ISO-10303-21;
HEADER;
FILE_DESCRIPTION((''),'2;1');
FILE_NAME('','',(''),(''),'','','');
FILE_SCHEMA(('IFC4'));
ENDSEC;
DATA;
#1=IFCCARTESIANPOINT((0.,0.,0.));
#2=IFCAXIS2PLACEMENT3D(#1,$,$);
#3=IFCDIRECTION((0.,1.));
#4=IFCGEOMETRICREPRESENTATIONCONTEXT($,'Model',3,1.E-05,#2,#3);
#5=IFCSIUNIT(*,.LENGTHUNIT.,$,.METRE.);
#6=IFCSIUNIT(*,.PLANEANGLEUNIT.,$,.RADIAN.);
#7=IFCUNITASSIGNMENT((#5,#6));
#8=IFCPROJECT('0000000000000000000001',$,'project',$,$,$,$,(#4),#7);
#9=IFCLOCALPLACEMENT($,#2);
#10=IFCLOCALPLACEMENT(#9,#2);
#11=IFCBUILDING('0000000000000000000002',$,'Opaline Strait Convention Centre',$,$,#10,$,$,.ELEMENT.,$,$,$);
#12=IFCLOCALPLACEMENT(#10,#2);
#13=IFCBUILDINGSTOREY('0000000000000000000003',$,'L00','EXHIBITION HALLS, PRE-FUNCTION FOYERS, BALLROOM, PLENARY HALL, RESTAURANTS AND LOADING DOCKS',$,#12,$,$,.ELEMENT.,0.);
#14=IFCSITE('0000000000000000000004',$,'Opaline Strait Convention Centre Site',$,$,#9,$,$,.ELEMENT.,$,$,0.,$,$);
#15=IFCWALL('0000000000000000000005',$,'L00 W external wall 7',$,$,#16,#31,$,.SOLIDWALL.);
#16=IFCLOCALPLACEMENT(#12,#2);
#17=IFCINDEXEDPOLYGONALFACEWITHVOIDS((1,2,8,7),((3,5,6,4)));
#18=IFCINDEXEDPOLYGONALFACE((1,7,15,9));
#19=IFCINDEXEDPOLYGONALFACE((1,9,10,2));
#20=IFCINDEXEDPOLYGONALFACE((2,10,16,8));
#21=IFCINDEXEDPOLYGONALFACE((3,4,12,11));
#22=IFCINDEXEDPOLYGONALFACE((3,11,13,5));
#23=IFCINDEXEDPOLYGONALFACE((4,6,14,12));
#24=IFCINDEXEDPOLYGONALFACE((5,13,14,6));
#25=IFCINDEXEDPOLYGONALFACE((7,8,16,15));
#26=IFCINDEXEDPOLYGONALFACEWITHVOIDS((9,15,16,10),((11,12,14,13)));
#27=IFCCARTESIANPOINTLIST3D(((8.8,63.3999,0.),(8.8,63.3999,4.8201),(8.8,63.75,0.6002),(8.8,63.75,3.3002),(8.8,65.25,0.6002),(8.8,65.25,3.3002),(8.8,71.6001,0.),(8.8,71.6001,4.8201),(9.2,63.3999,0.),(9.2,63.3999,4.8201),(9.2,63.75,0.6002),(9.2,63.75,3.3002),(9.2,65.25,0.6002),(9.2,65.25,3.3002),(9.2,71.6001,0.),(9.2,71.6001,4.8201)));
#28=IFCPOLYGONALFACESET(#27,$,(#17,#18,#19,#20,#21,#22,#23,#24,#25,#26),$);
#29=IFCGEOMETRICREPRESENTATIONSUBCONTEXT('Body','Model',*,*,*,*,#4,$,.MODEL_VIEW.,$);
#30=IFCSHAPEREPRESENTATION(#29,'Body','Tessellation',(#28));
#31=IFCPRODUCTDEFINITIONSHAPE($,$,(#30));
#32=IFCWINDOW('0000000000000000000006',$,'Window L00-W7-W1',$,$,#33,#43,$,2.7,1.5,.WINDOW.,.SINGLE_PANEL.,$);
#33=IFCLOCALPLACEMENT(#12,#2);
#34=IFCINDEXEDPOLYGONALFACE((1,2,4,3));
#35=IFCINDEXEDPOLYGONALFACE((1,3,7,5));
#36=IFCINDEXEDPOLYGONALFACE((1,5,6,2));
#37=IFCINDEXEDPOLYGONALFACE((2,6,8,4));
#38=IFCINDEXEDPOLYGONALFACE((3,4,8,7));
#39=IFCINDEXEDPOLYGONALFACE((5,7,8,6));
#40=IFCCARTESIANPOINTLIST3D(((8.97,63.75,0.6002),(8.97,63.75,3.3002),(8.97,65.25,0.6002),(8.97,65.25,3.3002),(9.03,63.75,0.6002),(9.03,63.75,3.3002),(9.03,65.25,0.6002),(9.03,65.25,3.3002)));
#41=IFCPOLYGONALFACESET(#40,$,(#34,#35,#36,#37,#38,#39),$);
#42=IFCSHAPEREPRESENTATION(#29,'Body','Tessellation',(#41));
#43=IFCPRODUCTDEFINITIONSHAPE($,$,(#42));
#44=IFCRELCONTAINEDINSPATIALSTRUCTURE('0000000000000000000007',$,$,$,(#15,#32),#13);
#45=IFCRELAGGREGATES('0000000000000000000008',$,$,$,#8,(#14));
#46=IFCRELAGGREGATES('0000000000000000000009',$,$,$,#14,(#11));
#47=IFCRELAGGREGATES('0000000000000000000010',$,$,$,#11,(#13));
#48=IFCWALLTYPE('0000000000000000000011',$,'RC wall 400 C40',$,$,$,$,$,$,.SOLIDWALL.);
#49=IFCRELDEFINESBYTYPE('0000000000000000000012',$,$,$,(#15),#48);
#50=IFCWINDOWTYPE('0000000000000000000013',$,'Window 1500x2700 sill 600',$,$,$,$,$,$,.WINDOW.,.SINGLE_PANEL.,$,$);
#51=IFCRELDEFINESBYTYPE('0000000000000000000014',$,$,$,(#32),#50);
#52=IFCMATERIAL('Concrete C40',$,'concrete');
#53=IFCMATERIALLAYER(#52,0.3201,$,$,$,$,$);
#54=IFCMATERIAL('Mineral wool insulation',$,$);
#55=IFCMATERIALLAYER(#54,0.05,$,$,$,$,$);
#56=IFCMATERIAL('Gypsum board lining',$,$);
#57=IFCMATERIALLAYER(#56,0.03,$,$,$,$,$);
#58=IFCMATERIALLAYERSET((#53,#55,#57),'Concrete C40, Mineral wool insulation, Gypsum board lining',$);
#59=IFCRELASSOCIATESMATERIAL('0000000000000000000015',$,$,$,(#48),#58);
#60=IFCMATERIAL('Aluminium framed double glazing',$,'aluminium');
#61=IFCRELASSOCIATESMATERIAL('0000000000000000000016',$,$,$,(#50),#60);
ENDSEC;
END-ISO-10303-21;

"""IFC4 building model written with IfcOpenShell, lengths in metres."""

from ifc_helpers import new_model, si_unit, direction, frame, frame_2d, origin, place, context, subcontext, project, spatial, rectangle, extrude, material, layer, layer_set, type_object, element, fill, save


model = new_model("IFC4")

# Units and contexts
model_context = context("Model", 3, precision=1e-05, world=origin(), true_north=direction((0.0, 1.0)))
body_context = subcontext(model_context, "Body", "Model", "MODEL_VIEW")
ifc_project = project(units=[si_unit("LENGTHUNIT", "METRE"), si_unit("PLANEANGLEUNIT", "RADIAN")], contexts=[model_context])

# Site, building, storey
site_placement = place(None, origin())
site = spatial("IfcSite", under=ifc_project, at=site_placement, Name="Opaline Strait Convention Centre Site", CompositionType="ELEMENT", RefElevation=0.0)
building_placement = place(site_placement, origin())
building = spatial("IfcBuilding", under=site, at=building_placement, Name="Opaline Strait Convention Centre", CompositionType="ELEMENT")
storey_placement = place(building_placement, origin())
storey = spatial("IfcBuildingStorey", under=building, at=storey_placement, Name="L00", Description="EXHIBITION HALLS, PRE-FUNCTION FOYERS, BALLROOM, PLENARY HALL, RESTAURANTS AND LOADING DOCKS", CompositionType="ELEMENT", Elevation=0.0)

# Shared definitions
ifc_material_1 = material(Name="Concrete C40", Category="concrete")

# Shared definitions
ifc_layer_1 = layer(ifc_material_1, 0.3201)
ifc_material_2 = material(Name="Mineral wool insulation")
ifc_layer_2 = layer(ifc_material_2, 0.05)
ifc_material_3 = material(Name="Gypsum board lining")
ifc_layer_3 = layer(ifc_material_3, 0.03)
ifc_layer_set_1 = layer_set([ifc_layer_1, ifc_layer_2, ifc_layer_3], Name="Concrete C40, Mineral wool insulation, Gypsum board lining")
wall_type_1 = type_object("IfcWallType", Name="RC wall 400 C40", PredefinedType="SOLIDWALL", material=ifc_layer_set_1)
ifc_material_4 = material(Name="Aluminium framed double glazing", Category="aluminium")
window_type = type_object("IfcWindowType", Name="Window 1500x2700 sill 600", PartitioningType="SINGLE_PANEL", PredefinedType="WINDOW", material=ifc_material_4)

# Wall, opening, window
wall_1_placement = place(storey_placement, frame((9.0, 63.3999, 0.0), z_axis=(0.0, 0.0, 1.0), x_axis=(0.0, 1.0, 0.0)))
wall_1 = element("IfcWall", 1, at=wall_1_placement, inside=storey, type_object=wall_type_1, Name="L00 W external wall 7", PredefinedType="SOLIDWALL", context=body_context, shape_type="SweptSolid", body=[
    extrude(rectangle(XDim=8.2002, YDim=0.3999, at=frame_2d((4.1001, 0.0))), origin(), (0.0, 0.0, 1.0), 4.8201),
])
opening_1_placement = place(wall_1_placement, frame((0.3501, 0.0, 0.6001)))
opening_1 = element("IfcOpeningElement", 2, at=opening_1_placement, cuts=wall_1, PredefinedType="OPENING", context=body_context, shape_type="SweptSolid", body=[
    extrude(rectangle(XDim=1.5, YDim=2.7, at=frame_2d((0.75, 1.3501))), frame((0.0, 0.21, 0.0), z_axis=(0.0, -1.0, 0.0), x_axis=(1.0, 0.0, 0.0)), (0.0, 0.0, 1.0), 0.4199),
])
window_1_placement = place(opening_1_placement, origin())
window_1 = element("IfcWindow", 3, at=window_1_placement, inside=storey, type_object=window_type, Name="Window L00-W7-W1", OverallHeight=2.7, OverallWidth=1.5, PartitioningType="SINGLE_PANEL", PredefinedType="WINDOW", context=body_context, shape_type="SweptSolid", body=[
    extrude(rectangle(XDim=1.5, YDim=2.7, at=frame_2d((0.75, 1.3501))), frame((0.0, 0.03, 0.0), z_axis=(0.0, -1.0, 0.0), x_axis=(1.0, 0.0, 0.0)), (0.0, 0.0, 1.0), 0.0601),
])
fill(opening_1, window_1)

save(model, "model.ifc")
